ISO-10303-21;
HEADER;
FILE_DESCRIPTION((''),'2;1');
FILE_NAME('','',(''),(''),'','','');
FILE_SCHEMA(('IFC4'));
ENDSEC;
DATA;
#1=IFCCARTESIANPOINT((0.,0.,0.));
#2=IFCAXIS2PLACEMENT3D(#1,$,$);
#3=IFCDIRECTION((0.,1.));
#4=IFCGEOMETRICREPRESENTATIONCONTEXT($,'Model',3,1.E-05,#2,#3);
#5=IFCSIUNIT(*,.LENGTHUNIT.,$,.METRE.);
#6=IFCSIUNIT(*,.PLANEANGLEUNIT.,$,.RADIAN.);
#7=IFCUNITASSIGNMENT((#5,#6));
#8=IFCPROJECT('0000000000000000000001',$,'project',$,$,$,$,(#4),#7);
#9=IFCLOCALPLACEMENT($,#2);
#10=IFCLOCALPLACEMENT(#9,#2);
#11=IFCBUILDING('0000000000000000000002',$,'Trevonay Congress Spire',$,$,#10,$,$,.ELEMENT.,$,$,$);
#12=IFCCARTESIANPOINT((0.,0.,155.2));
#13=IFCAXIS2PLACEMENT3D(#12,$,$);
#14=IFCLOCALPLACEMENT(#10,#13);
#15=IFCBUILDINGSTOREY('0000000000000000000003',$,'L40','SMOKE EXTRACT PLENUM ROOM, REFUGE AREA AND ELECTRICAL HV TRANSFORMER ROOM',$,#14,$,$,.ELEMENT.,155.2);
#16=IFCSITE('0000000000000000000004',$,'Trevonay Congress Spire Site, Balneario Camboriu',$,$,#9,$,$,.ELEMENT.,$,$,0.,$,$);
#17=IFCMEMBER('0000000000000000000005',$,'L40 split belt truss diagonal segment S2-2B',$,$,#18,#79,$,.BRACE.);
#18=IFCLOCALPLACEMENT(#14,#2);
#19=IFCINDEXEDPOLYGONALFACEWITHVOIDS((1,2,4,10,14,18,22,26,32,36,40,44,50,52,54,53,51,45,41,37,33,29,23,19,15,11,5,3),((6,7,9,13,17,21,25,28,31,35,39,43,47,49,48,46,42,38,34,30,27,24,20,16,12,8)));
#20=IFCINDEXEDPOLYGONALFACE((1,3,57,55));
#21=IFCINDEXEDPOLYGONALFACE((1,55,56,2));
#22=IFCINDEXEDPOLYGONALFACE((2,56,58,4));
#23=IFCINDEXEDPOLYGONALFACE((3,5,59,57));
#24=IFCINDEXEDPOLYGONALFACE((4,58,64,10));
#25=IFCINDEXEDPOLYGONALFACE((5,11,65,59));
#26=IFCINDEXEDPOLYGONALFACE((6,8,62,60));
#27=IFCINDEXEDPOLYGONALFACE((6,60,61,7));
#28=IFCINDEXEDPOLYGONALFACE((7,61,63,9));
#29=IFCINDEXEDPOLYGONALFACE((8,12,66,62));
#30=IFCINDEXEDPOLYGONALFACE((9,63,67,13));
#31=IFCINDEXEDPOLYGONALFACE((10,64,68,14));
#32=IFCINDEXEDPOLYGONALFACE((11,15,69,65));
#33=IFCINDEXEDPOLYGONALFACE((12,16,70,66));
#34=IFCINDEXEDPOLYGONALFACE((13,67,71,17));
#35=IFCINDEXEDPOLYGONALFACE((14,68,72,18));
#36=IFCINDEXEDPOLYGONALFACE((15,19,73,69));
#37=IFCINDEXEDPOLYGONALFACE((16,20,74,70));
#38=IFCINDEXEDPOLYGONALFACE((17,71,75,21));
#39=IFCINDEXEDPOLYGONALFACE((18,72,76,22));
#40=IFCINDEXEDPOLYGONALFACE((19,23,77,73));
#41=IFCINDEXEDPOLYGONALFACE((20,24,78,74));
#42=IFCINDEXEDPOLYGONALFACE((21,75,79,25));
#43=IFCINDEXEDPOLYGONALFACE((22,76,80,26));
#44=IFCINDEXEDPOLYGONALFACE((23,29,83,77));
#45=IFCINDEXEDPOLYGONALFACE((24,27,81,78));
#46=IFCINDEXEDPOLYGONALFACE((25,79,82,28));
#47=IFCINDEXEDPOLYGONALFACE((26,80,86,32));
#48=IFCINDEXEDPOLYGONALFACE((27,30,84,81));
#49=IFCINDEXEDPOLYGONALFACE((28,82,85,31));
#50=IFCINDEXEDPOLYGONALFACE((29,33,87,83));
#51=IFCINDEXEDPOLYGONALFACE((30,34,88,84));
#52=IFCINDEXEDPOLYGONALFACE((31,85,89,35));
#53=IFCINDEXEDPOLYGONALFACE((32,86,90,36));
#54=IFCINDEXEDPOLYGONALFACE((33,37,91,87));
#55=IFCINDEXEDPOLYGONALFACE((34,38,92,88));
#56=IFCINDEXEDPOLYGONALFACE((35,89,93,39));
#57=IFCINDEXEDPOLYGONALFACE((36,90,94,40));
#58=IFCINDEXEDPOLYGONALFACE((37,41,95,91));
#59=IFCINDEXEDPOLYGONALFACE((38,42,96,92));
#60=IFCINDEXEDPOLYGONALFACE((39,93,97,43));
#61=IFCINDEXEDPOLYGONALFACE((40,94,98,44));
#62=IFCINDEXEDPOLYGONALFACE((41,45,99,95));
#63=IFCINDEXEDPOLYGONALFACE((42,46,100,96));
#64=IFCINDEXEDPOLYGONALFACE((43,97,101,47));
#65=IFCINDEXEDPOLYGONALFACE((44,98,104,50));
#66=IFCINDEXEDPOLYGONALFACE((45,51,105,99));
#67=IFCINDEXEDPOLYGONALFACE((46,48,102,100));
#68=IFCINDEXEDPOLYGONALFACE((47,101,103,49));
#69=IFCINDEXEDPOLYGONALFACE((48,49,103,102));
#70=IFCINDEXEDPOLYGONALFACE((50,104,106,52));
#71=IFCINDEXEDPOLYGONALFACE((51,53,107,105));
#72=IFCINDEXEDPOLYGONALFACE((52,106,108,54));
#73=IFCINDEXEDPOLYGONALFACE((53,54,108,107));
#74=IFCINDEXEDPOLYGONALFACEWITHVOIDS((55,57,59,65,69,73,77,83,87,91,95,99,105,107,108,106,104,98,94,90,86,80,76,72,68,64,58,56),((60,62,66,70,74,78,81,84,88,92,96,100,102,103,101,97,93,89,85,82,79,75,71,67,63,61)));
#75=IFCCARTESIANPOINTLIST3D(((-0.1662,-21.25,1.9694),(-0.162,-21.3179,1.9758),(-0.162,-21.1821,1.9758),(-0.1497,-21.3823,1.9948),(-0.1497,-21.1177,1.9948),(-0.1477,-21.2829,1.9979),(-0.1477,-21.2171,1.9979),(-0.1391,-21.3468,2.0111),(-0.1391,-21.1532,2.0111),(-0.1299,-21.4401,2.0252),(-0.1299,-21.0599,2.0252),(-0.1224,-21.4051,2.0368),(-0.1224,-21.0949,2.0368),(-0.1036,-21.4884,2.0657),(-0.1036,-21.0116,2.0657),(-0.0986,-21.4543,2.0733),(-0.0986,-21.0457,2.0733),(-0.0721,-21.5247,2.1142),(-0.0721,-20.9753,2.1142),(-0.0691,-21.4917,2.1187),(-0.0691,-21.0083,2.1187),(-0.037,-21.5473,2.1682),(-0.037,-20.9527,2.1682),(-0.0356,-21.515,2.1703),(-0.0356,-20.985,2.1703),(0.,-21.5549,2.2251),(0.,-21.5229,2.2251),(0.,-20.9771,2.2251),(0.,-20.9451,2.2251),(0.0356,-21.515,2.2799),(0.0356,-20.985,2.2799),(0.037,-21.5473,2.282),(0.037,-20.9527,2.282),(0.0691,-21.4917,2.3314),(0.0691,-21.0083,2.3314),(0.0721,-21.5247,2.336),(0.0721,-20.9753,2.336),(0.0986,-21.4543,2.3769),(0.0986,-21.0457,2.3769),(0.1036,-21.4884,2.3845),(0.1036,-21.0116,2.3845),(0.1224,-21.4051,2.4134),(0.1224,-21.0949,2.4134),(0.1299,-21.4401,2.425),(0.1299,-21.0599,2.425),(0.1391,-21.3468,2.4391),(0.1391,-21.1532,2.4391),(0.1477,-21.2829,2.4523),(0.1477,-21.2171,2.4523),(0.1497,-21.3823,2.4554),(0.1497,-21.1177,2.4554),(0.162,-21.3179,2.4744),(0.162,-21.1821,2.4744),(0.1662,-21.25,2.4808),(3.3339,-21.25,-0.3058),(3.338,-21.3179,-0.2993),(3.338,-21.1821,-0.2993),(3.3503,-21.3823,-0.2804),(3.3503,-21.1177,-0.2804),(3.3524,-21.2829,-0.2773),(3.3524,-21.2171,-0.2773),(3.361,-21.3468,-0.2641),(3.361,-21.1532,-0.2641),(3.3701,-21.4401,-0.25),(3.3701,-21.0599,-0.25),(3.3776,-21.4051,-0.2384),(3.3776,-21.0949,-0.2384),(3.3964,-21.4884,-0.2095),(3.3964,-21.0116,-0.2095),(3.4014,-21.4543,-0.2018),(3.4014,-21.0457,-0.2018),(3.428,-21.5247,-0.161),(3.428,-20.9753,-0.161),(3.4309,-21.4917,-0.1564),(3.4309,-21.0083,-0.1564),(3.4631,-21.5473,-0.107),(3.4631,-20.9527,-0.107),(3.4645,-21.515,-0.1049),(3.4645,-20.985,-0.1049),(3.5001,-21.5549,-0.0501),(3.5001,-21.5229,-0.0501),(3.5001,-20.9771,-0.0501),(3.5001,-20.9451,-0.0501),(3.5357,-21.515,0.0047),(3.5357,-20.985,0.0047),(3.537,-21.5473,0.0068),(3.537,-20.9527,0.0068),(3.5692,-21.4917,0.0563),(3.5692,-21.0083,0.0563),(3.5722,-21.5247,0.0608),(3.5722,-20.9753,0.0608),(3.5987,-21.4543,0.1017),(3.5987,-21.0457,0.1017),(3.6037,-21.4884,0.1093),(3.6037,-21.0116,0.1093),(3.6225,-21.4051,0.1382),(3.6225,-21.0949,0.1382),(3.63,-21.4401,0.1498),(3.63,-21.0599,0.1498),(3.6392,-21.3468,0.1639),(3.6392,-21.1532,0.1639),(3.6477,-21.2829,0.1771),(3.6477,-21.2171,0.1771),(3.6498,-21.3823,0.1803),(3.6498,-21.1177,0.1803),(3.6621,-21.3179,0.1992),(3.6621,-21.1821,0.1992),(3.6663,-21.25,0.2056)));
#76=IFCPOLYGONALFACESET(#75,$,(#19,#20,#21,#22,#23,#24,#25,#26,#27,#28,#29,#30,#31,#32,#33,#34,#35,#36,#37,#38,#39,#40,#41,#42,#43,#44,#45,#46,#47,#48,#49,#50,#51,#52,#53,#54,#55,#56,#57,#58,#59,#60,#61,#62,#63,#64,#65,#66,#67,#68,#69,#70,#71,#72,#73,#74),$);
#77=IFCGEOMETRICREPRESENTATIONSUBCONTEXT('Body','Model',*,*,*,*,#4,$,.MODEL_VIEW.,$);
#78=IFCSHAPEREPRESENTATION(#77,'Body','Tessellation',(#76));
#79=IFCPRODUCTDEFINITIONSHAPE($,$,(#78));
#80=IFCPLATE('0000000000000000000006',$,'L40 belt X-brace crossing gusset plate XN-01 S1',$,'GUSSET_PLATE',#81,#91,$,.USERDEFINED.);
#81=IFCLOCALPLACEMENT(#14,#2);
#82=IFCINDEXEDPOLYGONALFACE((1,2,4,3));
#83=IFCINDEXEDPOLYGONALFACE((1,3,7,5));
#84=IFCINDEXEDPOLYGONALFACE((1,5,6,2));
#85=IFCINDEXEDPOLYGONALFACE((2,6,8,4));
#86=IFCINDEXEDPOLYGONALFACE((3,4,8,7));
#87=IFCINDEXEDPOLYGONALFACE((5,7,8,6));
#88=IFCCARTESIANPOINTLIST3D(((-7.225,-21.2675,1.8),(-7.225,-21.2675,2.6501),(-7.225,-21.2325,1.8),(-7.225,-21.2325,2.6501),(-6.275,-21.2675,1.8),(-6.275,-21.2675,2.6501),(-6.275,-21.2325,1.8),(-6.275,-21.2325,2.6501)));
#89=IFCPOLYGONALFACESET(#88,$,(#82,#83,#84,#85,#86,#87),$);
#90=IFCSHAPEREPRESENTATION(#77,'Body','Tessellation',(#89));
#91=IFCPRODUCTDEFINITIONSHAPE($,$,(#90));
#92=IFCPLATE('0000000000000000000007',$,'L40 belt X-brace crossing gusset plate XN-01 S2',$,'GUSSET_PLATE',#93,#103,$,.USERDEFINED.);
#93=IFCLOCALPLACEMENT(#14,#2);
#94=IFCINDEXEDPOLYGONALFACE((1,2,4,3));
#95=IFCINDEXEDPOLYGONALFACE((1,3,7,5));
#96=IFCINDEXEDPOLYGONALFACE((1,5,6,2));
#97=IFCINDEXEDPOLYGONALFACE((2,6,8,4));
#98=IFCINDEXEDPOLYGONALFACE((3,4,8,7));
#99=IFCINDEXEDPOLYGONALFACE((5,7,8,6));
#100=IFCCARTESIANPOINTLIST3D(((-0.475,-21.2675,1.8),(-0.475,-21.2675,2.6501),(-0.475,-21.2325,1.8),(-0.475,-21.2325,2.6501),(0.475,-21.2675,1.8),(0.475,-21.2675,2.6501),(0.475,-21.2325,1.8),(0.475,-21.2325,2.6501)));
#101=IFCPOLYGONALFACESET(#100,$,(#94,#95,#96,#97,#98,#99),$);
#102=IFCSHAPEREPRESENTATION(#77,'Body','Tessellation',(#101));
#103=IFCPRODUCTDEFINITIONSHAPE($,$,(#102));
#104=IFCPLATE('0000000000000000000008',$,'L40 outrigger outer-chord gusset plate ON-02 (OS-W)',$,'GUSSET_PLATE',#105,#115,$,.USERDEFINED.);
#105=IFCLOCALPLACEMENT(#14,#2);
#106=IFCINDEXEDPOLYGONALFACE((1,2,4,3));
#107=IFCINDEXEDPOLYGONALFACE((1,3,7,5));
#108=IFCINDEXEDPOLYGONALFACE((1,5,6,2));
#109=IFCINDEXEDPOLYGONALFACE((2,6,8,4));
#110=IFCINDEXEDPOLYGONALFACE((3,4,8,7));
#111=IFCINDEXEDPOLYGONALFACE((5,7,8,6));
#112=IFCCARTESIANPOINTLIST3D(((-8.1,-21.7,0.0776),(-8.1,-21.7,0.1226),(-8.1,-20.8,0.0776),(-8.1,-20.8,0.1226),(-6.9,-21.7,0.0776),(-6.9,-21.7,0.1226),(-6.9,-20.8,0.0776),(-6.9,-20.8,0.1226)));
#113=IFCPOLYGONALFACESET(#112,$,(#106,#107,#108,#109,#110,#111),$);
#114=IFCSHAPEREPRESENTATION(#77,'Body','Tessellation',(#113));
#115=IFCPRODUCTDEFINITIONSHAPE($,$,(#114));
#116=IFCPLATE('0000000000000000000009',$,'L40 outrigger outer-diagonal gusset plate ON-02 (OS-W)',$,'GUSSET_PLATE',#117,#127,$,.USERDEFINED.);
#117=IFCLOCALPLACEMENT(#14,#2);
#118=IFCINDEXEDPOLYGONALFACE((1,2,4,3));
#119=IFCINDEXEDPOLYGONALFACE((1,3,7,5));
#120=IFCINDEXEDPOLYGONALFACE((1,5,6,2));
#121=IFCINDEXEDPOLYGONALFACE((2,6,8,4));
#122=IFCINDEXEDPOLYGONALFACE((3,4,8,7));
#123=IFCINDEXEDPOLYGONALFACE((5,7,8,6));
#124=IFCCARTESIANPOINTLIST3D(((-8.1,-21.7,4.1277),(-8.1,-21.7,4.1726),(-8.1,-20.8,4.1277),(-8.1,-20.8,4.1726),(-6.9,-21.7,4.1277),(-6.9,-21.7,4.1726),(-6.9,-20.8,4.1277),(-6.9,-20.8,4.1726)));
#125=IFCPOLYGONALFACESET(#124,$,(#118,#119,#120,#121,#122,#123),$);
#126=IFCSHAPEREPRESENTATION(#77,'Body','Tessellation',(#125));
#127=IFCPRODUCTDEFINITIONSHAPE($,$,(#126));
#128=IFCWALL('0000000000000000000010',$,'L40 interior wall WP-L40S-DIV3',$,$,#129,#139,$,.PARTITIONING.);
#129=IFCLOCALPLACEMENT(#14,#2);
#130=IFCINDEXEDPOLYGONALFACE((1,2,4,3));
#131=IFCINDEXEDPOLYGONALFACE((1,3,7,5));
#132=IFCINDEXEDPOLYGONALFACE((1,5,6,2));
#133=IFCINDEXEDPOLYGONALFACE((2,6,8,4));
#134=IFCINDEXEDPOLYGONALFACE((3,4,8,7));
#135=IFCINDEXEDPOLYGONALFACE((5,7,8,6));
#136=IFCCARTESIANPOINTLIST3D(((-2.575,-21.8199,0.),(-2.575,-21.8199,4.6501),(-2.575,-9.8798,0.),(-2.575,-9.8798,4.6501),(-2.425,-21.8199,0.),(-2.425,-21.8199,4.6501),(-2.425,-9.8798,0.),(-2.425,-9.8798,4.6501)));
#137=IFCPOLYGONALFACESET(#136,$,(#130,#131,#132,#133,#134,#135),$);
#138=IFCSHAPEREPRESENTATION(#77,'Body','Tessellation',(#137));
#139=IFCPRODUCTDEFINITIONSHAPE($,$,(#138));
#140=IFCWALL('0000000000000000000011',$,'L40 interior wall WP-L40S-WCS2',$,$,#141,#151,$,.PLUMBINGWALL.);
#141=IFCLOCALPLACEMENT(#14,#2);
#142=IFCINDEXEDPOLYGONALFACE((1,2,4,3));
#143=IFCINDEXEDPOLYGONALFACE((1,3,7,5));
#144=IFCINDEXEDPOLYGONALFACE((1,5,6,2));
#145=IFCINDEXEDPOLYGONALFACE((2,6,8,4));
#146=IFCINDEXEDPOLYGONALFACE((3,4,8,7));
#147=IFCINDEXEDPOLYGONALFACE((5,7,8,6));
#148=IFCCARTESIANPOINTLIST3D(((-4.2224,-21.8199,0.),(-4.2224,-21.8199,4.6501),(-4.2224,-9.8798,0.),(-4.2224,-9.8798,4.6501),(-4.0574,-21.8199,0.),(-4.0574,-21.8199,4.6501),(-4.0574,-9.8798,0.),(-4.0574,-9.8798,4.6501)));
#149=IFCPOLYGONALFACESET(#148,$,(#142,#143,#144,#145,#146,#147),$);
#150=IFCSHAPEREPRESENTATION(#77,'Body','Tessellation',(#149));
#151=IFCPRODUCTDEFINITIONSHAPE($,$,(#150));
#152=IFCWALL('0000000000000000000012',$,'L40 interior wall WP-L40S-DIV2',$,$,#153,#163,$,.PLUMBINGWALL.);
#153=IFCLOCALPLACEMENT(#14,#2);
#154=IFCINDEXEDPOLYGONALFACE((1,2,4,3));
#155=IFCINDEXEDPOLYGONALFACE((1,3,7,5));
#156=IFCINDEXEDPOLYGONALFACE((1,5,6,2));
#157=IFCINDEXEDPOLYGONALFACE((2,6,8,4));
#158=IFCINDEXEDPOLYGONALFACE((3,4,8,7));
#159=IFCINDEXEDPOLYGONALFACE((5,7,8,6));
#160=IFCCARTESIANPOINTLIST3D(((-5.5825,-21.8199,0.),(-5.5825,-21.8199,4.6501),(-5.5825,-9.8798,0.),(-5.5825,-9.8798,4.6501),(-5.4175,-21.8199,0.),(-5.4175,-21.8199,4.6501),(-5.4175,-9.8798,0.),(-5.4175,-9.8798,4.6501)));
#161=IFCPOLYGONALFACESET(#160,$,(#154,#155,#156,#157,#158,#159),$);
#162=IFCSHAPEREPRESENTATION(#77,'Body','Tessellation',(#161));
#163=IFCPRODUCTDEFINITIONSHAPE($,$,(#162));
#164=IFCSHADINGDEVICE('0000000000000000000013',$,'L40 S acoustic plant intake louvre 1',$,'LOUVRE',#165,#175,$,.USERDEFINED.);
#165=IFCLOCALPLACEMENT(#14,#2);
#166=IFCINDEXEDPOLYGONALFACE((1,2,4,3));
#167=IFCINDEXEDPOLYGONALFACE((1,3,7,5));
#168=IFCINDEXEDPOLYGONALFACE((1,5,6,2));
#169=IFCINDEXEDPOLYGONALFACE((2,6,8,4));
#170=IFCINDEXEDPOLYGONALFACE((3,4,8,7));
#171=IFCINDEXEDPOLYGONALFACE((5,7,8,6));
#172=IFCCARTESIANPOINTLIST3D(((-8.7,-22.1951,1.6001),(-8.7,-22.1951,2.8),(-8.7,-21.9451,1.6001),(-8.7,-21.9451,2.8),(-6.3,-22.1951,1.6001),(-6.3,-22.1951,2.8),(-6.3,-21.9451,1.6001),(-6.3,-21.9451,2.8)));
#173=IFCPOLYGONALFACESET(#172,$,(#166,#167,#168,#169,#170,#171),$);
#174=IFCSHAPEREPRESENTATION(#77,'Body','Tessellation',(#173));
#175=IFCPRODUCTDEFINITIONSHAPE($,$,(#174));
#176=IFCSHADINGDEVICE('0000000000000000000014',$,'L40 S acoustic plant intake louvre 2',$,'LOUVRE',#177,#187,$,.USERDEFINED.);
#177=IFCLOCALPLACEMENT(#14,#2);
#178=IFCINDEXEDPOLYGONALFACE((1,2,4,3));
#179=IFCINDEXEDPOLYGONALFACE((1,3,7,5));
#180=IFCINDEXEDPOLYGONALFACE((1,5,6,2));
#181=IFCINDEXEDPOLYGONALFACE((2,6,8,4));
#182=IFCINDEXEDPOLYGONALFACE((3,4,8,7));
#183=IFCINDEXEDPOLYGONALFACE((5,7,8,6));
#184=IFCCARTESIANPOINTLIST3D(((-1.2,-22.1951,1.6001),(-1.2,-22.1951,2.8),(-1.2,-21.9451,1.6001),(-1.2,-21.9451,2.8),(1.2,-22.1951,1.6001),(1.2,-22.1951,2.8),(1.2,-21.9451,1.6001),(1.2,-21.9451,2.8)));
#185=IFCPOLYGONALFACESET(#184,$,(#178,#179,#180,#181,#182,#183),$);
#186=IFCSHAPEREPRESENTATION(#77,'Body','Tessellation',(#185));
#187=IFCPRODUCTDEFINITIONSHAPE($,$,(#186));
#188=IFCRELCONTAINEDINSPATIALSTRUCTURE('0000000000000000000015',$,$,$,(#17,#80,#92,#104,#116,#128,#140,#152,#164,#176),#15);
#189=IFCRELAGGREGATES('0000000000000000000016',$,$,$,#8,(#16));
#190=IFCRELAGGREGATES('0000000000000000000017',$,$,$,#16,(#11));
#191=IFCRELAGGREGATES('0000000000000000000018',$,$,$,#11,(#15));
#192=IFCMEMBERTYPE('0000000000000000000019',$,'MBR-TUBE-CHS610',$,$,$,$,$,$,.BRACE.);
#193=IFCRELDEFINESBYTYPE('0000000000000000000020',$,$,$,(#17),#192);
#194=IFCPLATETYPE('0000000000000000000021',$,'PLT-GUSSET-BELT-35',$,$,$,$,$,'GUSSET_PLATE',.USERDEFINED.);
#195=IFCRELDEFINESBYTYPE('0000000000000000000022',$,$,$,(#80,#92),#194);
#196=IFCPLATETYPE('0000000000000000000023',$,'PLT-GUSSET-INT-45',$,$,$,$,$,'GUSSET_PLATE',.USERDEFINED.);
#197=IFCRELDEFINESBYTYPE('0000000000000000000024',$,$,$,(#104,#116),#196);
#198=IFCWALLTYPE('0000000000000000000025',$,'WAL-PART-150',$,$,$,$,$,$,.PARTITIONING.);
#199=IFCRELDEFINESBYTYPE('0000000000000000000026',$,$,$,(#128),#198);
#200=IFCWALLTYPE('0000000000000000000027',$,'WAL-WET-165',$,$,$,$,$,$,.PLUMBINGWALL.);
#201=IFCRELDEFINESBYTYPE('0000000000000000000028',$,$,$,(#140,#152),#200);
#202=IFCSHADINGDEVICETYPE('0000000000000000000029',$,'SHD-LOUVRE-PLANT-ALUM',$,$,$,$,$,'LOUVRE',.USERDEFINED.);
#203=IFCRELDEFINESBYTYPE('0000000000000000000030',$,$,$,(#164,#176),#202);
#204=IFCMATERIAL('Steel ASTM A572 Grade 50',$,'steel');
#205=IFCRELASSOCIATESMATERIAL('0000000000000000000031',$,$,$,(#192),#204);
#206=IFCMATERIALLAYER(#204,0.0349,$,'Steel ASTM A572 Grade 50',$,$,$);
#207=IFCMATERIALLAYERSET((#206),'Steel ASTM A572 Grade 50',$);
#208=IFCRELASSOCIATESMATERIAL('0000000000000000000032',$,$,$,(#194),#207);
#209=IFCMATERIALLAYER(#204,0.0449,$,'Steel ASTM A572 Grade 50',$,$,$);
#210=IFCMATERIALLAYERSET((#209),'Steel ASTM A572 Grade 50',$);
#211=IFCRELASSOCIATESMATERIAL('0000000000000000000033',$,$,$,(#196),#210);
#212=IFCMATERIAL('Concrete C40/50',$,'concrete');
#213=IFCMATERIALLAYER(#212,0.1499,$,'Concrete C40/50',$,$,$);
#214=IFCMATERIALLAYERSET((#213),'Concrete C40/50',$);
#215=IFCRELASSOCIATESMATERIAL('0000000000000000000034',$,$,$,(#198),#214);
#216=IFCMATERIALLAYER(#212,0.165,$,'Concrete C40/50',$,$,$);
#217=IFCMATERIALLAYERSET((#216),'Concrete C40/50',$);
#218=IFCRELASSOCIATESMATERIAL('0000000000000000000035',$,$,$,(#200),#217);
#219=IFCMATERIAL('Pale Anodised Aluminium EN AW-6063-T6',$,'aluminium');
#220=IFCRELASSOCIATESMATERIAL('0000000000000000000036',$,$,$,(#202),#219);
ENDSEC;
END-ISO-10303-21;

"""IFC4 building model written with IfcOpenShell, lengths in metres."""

from ifc_helpers import new_model, si_unit, direction, frame, frame_2d, origin, origin_2d, place, context, subcontext, project, spatial, rectangle, hollow_circle, extrude, material, layer, layer_set, material_profile, profile_set, type_object, element, save


model = new_model("IFC4")

# Units and contexts
model_context = context("Model", 3, precision=1e-05, world=origin(), true_north=direction((0.0, 1.0)))
body_context = subcontext(model_context, "Body", "Model", "MODEL_VIEW")
ifc_project = project(units=[si_unit("LENGTHUNIT", "METRE"), si_unit("PLANEANGLEUNIT", "RADIAN")], contexts=[model_context])

# Site, building, storey
site_placement = place(None, origin())
site = spatial("IfcSite", under=ifc_project, at=site_placement, Name="Trevonay Congress Spire Site, Balneario Camboriu", CompositionType="ELEMENT", RefElevation=0.0)
building_placement = place(site_placement, origin())
building = spatial("IfcBuilding", under=site, at=building_placement, Name="Trevonay Congress Spire", CompositionType="ELEMENT")
storey_placement = place(building_placement, frame((0.0, 0.0, 155.2)))
storey = spatial("IfcBuildingStorey", under=building, at=storey_placement, Name="L40", Description="SMOKE EXTRACT PLENUM ROOM, REFUGE AREA AND ELECTRICAL HV TRANSFORMER ROOM", CompositionType="ELEMENT", Elevation=155.2)

# Shared definitions
ifc_material_1 = material(Name="Steel ASTM A572 Grade 50", Category="steel")

# Member
ifc_material_profile_1 = material_profile(ifc_material_1, hollow_circle(Radius=0.3049, WallThickness=0.032, at=origin_2d()), Name="CHS 610x32")
ifc_profile_set_1 = profile_set([ifc_material_profile_1], Name="Steel ASTM A572 Grade 50")
member_type_1 = type_object("IfcMemberType", Name="MBR-TUBE-CHS610", PredefinedType="BRACE", material=ifc_profile_set_1)
member_1_placement = place(storey_placement, frame((0.0, -21.25, 2.2251), z_axis=(0.838428, 0.0, -0.545013), x_axis=(0.0, 1.0, 0.0)))
element("IfcMember", 1, at=member_1_placement, inside=storey, type_object=member_type_1, Name="L40 split belt truss diagonal segment S2-2B", PredefinedType="BRACE", context=body_context, shape_type="SweptSolid", body=[
    extrude(hollow_circle(Radius=0.3049, WallThickness=0.032, at=origin_2d()), origin(), (0.0, 0.0, 1.0), 4.1746),
])

# Plates
ifc_layer_1 = layer(ifc_material_1, 0.0349, Name="Steel ASTM A572 Grade 50")
ifc_layer_set_1 = layer_set([ifc_layer_1], Name="Steel ASTM A572 Grade 50")
plate_type_1 = type_object("IfcPlateType", Name="PLT-GUSSET-BELT-35", ElementType="GUSSET_PLATE", PredefinedType="USERDEFINED", material=ifc_layer_set_1)
for number, where, z_axis, x_axis, name in (
    (2, (-6.75, -21.25, 1.8), (0.0, 0.0, 1.0), (1.0, 0.0, 0.0), "L40 belt X-brace crossing gusset plate XN-01 S1"),
    (3, (0.0, -21.25, 1.8), (0.0, 0.0, 1.0), (1.0, 0.0, 0.0), "L40 belt X-brace crossing gusset plate XN-01 S2"),
):
    element("IfcPlate", number, at=place(storey_placement, frame(where, z_axis=z_axis, x_axis=x_axis)), inside=storey, type_object=plate_type_1, Name=name, ObjectType="GUSSET_PLATE", PredefinedType="USERDEFINED", context=body_context, shape_type="SweptSolid", body=[
        extrude(rectangle(XDim=0.95, YDim=0.0349, at=origin_2d()), origin(), (0.0, 0.0, 1.0), 0.8501),
    ])
ifc_layer_2 = layer(ifc_material_1, 0.0449, Name="Steel ASTM A572 Grade 50")
ifc_layer_set_2 = layer_set([ifc_layer_2], Name="Steel ASTM A572 Grade 50")
plate_type_2 = type_object("IfcPlateType", Name="PLT-GUSSET-INT-45", ElementType="GUSSET_PLATE", PredefinedType="USERDEFINED", material=ifc_layer_set_2)
for number, where, z_axis, x_axis, name in (
    (4, (-7.5, -21.25, 0.0776), (0.0, 0.0, 1.0), (1.0, 0.0, 0.0), "L40 outrigger outer-chord gusset plate ON-02 (OS-W)"),
    (5, (-7.5, -21.25, 4.1277), (0.0, 0.0, 1.0), (1.0, 0.0, 0.0), "L40 outrigger outer-diagonal gusset plate ON-02 (OS-W)"),
):
    element("IfcPlate", number, at=place(storey_placement, frame(where, z_axis=z_axis, x_axis=x_axis)), inside=storey, type_object=plate_type_2, Name=name, ObjectType="GUSSET_PLATE", PredefinedType="USERDEFINED", context=body_context, shape_type="SweptSolid", body=[
        extrude(rectangle(XDim=1.2, YDim=0.8999, at=origin_2d()), origin(), (0.0, 0.0, 1.0), 0.0449),
    ])

# Walls
ifc_material_2 = material(Name="Concrete C40/50", Category="concrete")
ifc_layer_3 = layer(ifc_material_2, 0.1499, Name="Concrete C40/50")
ifc_layer_set_3 = layer_set([ifc_layer_3], Name="Concrete C40/50")
wall_type_1 = type_object("IfcWallType", Name="WAL-PART-150", PredefinedType="PARTITIONING", material=ifc_layer_set_3)
wall_placement = place(storey_placement, frame((-2.5, -21.8201, 0.0), z_axis=(0.0, 0.0, 1.0), x_axis=(0.0, 1.0, 0.0)))
element("IfcWall", 6, at=wall_placement, inside=storey, type_object=wall_type_1, Name="L40 interior wall WP-L40S-DIV3", PredefinedType="PARTITIONING", context=body_context, shape_type="SweptSolid", body=[
    extrude(rectangle(XDim=11.9402, YDim=0.1499, at=frame_2d((5.9702, 0.0))), origin(), (0.0, 0.0, 1.0), 4.6501),
])
ifc_layer_4 = layer(ifc_material_2, 0.165, Name="Concrete C40/50")
ifc_layer_set_4 = layer_set([ifc_layer_4], Name="Concrete C40/50")
wall_type_2 = type_object("IfcWallType", Name="WAL-WET-165", PredefinedType="PLUMBINGWALL", material=ifc_layer_set_4)
for number, where, z_axis, x_axis, name in (
    (7, (-4.1399, -21.8201, 0.0), (0.0, 0.0, 1.0), (0.0, 1.0, 0.0), "L40 interior wall WP-L40S-WCS2"),
    (8, (-5.5, -21.8201, 0.0), (0.0, 0.0, 1.0), (0.0, 1.0, 0.0), "L40 interior wall WP-L40S-DIV2"),
):
    element("IfcWall", number, at=place(storey_placement, frame(where, z_axis=z_axis, x_axis=x_axis)), inside=storey, type_object=wall_type_2, Name=name, PredefinedType="PLUMBINGWALL", context=body_context, shape_type="SweptSolid", body=[
        extrude(rectangle(XDim=11.9402, YDim=0.165, at=frame_2d((5.9702, 0.0))), origin(), (0.0, 0.0, 1.0), 4.6501),
    ])

# Shading devices
ifc_material_3 = material(Name="Pale Anodised Aluminium EN AW-6063-T6", Category="aluminium")
shading_device_type = type_object("IfcShadingDeviceType", Name="SHD-LOUVRE-PLANT-ALUM", ElementType="LOUVRE", PredefinedType="USERDEFINED", material=ifc_material_3)
for number, where, z_axis, x_axis, name in (
    (9, (-7.5, -22.0701, 1.6001), (0.0, 0.0, 1.0), (1.0, 0.0, 0.0), "L40 S acoustic plant intake louvre 1"),
    (10, (0.0, -22.0701, 1.6001), (0.0, 0.0, 1.0), (1.0, 0.0, 0.0), "L40 S acoustic plant intake louvre 2"),
):
    element("IfcShadingDevice", number, at=place(storey_placement, frame(where, z_axis=z_axis, x_axis=x_axis)), inside=storey, type_object=shading_device_type, Name=name, ObjectType="LOUVRE", PredefinedType="USERDEFINED", context=body_context, shape_type="SweptSolid", body=[
        extrude(rectangle(XDim=2.3999, YDim=0.25, at=origin_2d()), origin(), (0.0, 0.0, 1.0), 1.2),
    ])

save(model, "model.ifc")
